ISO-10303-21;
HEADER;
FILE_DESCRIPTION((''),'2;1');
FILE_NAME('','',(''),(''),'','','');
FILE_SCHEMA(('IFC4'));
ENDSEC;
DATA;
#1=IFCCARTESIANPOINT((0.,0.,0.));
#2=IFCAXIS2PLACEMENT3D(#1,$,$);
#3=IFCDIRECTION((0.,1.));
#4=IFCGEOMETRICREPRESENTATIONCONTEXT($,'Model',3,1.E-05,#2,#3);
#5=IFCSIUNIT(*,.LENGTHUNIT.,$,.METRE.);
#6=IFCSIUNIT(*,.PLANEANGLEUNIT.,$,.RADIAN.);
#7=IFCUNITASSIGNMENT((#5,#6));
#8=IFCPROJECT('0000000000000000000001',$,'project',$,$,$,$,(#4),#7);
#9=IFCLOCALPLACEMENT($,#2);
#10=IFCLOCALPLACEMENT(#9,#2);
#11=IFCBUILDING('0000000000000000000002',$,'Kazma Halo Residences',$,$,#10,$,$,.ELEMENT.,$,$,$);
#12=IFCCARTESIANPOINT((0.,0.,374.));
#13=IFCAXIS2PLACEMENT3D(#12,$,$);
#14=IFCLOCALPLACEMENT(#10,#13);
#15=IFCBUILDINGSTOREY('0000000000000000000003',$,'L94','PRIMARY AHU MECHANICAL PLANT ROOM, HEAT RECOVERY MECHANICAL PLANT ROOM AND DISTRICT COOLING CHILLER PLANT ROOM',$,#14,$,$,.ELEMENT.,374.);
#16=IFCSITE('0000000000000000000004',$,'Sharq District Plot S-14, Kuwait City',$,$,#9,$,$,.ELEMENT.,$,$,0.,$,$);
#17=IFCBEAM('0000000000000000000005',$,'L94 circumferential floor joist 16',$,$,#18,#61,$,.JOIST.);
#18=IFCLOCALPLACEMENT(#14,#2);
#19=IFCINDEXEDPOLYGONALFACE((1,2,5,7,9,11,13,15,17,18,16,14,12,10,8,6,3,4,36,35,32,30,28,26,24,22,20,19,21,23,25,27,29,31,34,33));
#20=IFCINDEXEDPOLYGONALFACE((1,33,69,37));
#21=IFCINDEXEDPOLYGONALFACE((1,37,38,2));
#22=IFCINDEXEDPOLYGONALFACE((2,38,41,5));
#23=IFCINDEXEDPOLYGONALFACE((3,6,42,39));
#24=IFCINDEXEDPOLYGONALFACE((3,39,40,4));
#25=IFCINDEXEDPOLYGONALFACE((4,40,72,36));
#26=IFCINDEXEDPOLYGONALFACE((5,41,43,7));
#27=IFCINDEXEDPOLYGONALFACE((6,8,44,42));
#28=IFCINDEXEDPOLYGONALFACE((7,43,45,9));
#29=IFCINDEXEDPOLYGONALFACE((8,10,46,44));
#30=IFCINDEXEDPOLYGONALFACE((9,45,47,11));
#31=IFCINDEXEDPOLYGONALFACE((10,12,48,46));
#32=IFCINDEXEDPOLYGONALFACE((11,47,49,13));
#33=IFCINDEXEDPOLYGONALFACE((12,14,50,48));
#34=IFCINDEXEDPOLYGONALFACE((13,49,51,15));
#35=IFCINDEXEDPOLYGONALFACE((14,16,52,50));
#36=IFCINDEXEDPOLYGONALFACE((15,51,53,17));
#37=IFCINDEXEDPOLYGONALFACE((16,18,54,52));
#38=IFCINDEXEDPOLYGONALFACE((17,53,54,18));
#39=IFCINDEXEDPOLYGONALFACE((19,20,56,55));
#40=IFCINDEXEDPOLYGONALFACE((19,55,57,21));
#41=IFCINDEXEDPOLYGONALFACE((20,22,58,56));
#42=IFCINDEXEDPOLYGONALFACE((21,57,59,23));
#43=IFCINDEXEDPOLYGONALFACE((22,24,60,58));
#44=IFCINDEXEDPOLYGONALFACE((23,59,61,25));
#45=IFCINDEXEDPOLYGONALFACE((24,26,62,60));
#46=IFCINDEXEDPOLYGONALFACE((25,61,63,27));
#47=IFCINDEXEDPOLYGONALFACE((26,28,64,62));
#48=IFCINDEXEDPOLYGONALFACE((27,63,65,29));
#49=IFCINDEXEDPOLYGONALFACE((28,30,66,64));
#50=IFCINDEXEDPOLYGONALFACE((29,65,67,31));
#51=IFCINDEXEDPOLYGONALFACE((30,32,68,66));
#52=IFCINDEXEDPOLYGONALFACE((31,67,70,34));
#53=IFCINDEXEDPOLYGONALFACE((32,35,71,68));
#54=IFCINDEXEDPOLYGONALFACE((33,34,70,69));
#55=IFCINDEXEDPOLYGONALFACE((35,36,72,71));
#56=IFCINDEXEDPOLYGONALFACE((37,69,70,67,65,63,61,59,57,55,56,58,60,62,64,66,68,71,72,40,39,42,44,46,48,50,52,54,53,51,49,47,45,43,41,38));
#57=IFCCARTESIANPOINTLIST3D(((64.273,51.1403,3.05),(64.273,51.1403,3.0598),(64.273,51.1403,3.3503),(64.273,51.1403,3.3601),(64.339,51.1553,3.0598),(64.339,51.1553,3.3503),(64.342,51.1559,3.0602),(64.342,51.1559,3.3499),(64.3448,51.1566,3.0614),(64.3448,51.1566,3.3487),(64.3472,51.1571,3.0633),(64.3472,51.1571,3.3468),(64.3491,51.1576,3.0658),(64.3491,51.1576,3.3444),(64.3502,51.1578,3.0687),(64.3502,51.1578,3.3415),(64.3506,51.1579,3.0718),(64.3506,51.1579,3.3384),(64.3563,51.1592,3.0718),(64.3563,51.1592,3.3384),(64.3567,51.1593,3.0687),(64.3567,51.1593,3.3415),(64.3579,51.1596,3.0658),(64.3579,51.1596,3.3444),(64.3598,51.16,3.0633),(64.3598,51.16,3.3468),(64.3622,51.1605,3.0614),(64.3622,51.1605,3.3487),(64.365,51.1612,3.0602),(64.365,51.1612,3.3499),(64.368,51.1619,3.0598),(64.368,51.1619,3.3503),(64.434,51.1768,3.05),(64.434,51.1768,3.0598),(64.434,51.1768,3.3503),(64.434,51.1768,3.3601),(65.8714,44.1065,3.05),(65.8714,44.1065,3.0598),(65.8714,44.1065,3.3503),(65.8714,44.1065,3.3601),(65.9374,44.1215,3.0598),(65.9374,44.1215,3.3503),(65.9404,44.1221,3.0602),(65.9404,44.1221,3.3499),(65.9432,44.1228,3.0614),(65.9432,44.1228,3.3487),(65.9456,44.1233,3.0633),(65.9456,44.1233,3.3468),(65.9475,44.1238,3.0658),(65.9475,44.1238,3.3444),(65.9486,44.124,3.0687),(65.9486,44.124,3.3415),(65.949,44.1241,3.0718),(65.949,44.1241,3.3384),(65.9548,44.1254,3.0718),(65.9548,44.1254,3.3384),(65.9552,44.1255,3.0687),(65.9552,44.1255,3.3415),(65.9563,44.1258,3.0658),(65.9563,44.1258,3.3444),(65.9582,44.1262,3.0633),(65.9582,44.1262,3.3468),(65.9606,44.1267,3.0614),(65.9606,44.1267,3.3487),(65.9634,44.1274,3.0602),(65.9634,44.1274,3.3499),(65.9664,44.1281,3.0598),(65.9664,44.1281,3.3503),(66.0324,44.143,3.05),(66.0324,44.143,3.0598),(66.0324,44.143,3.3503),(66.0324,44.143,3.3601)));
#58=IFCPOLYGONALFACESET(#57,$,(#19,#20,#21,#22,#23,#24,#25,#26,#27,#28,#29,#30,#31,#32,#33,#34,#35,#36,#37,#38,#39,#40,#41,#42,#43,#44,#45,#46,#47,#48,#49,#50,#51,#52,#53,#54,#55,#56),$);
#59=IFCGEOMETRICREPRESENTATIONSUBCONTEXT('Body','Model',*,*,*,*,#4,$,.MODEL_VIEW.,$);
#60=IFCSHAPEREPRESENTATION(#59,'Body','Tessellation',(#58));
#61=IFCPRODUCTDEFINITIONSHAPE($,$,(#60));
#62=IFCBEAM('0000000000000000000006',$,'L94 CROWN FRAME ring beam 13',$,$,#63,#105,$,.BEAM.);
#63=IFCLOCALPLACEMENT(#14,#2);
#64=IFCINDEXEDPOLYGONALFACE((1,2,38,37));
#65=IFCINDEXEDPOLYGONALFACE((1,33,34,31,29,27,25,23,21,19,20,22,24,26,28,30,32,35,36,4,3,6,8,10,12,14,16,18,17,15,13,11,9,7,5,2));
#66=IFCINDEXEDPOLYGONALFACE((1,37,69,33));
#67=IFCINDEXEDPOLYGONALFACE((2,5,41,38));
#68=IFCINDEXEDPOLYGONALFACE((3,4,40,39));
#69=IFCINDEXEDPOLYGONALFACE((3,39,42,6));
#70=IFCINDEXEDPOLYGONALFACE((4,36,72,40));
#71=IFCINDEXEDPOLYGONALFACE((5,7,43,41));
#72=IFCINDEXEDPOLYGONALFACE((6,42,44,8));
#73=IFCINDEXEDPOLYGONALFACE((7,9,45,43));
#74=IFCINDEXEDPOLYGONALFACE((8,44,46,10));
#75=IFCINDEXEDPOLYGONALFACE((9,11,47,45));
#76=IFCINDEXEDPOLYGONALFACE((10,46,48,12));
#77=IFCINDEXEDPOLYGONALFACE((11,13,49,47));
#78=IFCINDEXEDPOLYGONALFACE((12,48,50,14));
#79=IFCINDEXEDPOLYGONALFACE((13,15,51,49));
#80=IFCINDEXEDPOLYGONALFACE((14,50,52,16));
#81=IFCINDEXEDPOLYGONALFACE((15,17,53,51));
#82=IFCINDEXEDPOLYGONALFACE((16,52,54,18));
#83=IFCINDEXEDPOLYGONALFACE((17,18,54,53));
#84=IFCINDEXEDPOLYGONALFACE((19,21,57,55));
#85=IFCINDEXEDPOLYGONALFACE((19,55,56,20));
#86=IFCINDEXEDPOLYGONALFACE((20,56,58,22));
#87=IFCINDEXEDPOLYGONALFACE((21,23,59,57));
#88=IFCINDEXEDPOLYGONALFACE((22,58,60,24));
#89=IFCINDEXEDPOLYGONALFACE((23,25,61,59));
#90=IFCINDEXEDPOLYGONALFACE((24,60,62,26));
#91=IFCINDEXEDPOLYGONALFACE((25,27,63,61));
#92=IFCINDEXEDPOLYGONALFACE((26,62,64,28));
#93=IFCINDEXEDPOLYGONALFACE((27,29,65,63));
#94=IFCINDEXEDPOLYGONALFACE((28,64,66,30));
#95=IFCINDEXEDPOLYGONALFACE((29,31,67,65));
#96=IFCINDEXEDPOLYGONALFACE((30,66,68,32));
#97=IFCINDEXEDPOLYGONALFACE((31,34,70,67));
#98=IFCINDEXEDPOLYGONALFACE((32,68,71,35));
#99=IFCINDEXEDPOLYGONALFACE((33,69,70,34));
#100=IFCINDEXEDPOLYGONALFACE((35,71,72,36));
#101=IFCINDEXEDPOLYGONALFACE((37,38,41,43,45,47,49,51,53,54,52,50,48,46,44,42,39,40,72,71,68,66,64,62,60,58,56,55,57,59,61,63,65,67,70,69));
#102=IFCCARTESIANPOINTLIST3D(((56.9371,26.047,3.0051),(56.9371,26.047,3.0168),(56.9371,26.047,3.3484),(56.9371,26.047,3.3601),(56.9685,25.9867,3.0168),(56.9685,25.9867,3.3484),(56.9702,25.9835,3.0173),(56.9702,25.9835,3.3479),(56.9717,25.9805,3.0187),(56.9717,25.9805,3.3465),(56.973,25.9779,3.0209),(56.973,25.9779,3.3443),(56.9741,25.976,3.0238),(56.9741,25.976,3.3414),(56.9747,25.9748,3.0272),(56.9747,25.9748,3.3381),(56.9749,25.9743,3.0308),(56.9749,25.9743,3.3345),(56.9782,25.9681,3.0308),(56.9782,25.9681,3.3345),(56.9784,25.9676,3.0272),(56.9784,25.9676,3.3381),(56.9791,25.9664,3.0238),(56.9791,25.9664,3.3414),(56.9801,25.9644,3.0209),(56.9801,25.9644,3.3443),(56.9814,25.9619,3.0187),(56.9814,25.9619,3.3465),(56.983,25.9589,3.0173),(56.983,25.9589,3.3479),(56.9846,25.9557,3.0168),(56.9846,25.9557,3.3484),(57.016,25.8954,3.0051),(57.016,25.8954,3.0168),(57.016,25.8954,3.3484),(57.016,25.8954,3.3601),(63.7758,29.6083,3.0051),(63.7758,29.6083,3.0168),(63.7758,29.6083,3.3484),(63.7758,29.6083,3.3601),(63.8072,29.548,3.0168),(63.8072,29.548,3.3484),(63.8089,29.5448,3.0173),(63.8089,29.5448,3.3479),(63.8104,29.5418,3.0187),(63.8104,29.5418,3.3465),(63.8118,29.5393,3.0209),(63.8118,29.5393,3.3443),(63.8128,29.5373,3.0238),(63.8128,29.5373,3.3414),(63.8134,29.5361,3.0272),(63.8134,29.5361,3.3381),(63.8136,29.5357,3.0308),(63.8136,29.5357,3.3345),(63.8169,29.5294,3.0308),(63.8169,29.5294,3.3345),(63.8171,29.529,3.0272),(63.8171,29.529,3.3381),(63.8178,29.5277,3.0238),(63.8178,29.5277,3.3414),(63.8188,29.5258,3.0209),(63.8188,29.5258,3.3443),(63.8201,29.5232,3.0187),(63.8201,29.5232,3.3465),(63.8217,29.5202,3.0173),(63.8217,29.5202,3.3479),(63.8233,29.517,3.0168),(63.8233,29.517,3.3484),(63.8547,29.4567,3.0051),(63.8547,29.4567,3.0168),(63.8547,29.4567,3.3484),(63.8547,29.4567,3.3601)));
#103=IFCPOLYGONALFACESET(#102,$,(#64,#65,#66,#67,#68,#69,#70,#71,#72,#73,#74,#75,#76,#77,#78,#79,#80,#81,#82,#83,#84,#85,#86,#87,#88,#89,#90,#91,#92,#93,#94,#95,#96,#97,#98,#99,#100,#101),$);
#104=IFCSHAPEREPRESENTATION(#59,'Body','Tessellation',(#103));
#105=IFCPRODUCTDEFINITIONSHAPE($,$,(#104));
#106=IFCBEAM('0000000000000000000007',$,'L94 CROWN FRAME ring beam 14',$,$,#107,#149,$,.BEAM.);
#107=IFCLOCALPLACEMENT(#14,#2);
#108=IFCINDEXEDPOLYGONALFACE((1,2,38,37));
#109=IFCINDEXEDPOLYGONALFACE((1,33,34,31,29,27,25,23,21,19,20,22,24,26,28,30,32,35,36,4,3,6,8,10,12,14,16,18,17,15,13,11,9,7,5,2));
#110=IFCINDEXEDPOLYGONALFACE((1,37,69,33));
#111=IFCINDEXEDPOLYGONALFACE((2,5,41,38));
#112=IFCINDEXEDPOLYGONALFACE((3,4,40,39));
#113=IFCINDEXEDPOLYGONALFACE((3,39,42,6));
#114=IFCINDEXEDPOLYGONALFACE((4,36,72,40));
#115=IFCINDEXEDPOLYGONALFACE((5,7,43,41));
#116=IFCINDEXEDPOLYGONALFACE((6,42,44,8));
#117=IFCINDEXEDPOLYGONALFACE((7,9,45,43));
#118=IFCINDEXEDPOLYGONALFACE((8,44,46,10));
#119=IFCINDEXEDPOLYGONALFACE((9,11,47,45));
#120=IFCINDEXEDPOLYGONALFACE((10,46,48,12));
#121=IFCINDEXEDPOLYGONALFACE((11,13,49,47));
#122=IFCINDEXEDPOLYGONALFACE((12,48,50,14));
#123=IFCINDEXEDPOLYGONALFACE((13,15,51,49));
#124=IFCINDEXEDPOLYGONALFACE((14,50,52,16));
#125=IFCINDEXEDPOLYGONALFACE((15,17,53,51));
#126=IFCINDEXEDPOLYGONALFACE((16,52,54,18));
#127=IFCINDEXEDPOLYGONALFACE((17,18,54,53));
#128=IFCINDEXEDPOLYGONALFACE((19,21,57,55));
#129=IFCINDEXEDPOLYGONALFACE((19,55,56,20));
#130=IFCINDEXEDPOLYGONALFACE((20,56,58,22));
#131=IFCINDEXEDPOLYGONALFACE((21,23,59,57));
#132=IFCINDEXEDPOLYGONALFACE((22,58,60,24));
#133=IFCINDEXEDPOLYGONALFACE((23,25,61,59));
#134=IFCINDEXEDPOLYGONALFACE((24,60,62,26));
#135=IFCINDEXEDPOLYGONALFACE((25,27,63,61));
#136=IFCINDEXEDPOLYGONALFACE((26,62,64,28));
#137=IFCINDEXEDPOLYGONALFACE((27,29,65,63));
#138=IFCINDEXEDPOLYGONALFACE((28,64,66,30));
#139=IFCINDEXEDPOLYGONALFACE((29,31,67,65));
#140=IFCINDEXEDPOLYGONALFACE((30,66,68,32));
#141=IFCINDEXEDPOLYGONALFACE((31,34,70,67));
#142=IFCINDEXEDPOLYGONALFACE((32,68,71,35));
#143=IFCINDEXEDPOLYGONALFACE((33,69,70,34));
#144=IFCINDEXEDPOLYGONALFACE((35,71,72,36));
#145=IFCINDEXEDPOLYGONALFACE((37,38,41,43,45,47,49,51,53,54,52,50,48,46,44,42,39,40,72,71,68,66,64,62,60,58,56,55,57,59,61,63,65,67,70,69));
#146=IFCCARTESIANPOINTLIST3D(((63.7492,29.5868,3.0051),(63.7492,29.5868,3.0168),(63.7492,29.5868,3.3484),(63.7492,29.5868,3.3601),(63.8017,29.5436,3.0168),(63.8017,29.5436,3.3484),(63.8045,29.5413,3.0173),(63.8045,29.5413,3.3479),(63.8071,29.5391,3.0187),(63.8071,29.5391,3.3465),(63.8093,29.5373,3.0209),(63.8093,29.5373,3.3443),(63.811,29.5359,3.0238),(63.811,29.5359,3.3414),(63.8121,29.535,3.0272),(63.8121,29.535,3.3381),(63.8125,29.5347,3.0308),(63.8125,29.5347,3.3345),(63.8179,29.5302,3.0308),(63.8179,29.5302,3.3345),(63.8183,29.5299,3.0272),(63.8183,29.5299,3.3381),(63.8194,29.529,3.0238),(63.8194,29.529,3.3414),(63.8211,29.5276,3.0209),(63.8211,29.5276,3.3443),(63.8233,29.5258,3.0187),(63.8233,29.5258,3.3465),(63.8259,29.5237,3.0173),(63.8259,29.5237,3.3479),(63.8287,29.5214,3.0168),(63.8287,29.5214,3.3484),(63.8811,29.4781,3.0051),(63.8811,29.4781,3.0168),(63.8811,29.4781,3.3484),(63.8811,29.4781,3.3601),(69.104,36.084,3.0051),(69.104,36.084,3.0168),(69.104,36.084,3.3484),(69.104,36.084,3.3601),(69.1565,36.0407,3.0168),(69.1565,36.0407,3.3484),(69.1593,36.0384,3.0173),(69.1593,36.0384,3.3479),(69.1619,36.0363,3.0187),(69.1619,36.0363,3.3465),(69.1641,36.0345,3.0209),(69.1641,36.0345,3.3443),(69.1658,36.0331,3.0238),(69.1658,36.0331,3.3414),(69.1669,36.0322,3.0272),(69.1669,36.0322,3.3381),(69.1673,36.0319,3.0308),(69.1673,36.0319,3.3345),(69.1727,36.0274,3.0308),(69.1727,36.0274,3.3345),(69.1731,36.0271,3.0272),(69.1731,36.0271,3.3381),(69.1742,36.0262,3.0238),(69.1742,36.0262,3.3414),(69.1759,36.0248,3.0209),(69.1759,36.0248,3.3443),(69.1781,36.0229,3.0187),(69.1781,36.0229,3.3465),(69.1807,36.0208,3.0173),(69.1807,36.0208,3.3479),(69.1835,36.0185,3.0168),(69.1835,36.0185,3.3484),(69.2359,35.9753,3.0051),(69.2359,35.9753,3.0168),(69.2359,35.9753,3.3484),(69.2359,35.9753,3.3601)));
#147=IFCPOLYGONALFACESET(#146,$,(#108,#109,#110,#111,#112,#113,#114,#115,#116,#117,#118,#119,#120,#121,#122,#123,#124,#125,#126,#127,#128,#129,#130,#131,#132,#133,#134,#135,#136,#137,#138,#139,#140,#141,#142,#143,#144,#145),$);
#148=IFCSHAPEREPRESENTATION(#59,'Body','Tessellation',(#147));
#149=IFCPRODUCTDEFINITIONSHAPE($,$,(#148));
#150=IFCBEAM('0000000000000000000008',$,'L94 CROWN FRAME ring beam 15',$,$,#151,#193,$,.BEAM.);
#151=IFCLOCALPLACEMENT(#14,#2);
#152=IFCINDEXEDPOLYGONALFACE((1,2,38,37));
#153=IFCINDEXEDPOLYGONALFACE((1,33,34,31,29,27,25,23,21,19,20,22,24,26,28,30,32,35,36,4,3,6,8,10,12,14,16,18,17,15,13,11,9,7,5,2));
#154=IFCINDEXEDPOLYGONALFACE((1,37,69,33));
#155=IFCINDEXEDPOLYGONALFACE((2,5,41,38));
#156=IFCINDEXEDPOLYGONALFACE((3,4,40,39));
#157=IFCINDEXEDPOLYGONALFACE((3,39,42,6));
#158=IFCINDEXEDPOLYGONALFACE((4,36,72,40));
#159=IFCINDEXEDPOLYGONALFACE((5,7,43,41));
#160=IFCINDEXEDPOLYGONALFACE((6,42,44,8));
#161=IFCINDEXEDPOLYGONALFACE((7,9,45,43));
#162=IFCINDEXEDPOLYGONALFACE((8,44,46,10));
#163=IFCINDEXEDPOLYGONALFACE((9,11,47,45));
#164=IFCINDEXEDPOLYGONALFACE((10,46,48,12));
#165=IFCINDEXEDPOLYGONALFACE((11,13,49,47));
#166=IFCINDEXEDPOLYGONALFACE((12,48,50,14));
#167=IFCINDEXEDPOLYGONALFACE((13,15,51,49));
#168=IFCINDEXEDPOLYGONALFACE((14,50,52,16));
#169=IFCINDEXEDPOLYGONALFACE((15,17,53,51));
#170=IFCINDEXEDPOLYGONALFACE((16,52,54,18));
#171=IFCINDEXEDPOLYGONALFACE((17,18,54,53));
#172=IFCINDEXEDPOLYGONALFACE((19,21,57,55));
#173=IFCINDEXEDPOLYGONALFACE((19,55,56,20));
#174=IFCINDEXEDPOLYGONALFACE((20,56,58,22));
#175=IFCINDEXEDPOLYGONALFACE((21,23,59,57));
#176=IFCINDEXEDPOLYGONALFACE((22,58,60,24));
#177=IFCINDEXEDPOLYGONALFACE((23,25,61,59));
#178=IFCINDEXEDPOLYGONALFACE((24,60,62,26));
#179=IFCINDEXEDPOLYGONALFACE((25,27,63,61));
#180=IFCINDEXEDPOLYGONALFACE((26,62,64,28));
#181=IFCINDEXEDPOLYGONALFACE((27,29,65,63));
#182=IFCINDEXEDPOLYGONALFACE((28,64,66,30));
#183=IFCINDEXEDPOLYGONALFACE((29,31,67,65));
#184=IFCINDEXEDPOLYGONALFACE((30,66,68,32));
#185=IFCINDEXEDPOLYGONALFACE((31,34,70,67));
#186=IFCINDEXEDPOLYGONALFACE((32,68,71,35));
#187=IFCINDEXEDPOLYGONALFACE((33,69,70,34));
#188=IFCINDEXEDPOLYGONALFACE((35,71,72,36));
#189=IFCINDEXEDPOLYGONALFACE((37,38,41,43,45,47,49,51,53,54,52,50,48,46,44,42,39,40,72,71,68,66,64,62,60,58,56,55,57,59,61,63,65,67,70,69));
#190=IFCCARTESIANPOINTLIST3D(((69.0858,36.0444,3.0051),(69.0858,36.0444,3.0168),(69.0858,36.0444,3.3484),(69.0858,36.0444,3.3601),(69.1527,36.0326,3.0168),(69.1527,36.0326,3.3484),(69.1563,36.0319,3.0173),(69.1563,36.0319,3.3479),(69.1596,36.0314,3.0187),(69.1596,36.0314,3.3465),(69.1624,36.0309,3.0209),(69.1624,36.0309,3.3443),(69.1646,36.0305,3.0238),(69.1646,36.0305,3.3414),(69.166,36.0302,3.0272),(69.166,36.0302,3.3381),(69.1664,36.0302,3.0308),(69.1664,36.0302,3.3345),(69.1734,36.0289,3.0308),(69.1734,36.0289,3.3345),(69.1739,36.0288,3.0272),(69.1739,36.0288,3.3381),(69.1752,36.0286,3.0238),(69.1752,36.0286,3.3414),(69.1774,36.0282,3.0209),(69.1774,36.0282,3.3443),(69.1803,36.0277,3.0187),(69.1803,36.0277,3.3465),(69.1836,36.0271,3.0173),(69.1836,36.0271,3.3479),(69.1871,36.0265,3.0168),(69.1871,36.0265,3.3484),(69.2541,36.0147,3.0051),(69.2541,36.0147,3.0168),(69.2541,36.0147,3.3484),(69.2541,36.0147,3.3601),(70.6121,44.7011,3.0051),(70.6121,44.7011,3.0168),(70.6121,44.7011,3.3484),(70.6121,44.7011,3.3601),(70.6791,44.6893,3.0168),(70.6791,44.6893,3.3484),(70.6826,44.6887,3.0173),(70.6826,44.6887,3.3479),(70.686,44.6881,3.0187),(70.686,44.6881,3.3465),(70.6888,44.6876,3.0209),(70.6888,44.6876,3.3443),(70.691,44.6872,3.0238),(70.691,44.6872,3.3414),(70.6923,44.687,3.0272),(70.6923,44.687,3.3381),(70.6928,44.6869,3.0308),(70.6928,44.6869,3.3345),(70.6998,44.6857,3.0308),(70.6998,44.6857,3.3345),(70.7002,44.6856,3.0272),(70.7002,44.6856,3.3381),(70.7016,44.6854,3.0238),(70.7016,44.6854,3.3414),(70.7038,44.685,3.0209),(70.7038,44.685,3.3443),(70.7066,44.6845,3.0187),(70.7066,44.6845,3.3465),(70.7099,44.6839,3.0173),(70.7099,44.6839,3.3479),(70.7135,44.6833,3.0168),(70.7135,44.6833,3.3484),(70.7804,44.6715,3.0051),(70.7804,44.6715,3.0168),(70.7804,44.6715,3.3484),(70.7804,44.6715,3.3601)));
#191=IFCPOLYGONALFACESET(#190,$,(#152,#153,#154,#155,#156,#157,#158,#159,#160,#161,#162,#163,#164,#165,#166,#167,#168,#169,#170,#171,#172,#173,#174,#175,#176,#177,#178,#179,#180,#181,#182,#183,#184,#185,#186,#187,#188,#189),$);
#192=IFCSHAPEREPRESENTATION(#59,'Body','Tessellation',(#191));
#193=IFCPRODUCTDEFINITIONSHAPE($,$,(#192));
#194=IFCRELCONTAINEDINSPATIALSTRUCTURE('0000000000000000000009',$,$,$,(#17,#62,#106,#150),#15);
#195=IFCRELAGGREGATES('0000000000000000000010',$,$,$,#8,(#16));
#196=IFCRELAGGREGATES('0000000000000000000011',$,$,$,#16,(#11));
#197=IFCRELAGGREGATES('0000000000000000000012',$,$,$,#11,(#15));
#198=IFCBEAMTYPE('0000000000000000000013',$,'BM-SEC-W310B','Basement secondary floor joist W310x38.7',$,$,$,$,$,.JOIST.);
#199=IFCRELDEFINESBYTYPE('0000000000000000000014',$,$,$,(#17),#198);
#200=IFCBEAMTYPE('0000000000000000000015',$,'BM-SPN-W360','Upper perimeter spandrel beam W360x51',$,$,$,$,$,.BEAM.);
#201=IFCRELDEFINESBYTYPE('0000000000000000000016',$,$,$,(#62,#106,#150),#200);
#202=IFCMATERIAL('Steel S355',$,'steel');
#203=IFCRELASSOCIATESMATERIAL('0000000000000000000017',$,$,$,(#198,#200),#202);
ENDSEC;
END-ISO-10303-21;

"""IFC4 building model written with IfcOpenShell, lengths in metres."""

from ifc_helpers import new_model, si_unit, direction, frame, origin, origin_2d, place, context, subcontext, project, spatial, i_section, extrude, material, material_profile, profile_set, type_object, element, save


model = new_model("IFC4")

# Units and contexts
model_context = context("Model", 3, precision=1e-05, world=origin(), true_north=direction((0.0, 1.0)))
body_context = subcontext(model_context, "Body", "Model", "MODEL_VIEW")
ifc_project = project(units=[si_unit("LENGTHUNIT", "METRE"), si_unit("PLANEANGLEUNIT", "RADIAN")], contexts=[model_context])

# Site, building, storey
site_placement = place(None, origin())
site = spatial("IfcSite", under=ifc_project, at=site_placement, Name="Sharq District Plot S-14, Kuwait City", CompositionType="ELEMENT", RefElevation=0.0)
building_placement = place(site_placement, origin())
building = spatial("IfcBuilding", under=site, at=building_placement, Name="Kazma Halo Residences", CompositionType="ELEMENT")
storey_placement = place(building_placement, frame((0.0, 0.0, 374.0)))
storey = spatial("IfcBuildingStorey", under=building, at=storey_placement, Name="L94", Description="PRIMARY AHU MECHANICAL PLANT ROOM, HEAT RECOVERY MECHANICAL PLANT ROOM AND DISTRICT COOLING CHILLER PLANT ROOM", CompositionType="ELEMENT", Elevation=374.0)

# Shared definitions
ifc_material_1 = material(Name="Steel S355", Category="steel")

# Beams
ifc_material_profile_1 = material_profile(ifc_material_1, i_section(OverallWidth=0.165, OverallDepth=0.3101, WebThickness=0.0059, FlangeThickness=0.0098, FilletRadius=0.012, at=origin_2d()), Name="W310x38.7")
ifc_profile_set_1 = profile_set([ifc_material_profile_1], Name="Steel S355")
beam_type_1 = type_object("IfcBeamType", Name="BM-SEC-W310B", Description="Basement secondary floor joist W310x38.7", PredefinedType="JOIST", material=ifc_profile_set_1)
beam_1_placement = place(storey_placement, frame((65.9519, 44.1248, 3.2051), z_axis=(-0.221598, 0.975138, 0.0), x_axis=(-0.975138, -0.221598, 0.0)))
element("IfcBeam", 1, at=beam_1_placement, inside=storey, type_object=beam_type_1, Name="L94 circumferential floor joist 16", PredefinedType="JOIST", context=body_context, shape_type="SweptSolid", body=[
    extrude(i_section(OverallWidth=0.165, OverallDepth=0.3101, WebThickness=0.0059, FlangeThickness=0.0098, FilletRadius=0.012, at=origin_2d()), origin(), (0.0, 0.0, 1.0), 7.2131),
])
ifc_material_profile_2 = material_profile(ifc_material_1, i_section(OverallWidth=0.1709, OverallDepth=0.355, WebThickness=0.0071, FlangeThickness=0.0117, FilletRadius=0.0139, at=origin_2d()), Name="W360x51")
ifc_profile_set_2 = profile_set([ifc_material_profile_2], Name="Steel S355")
beam_type_2 = type_object("IfcBeamType", Name="BM-SPN-W360", Description="Upper perimeter spandrel beam W360x51", PredefinedType="BEAM", material=ifc_profile_set_2)
beam_2_placement = place(storey_placement, frame((56.9766, 25.9712, 3.1826), z_axis=(0.886941, 0.461883, 0.0), x_axis=(-0.461883, 0.886941, 0.0)))
element("IfcBeam", 2, at=beam_2_placement, inside=storey, type_object=beam_type_2, Name="L94 CROWN FRAME ring beam 13", PredefinedType="BEAM", context=body_context, shape_type="SweptSolid", body=[
    extrude(i_section(OverallWidth=0.1709, OverallDepth=0.355, WebThickness=0.0071, FlangeThickness=0.0117, FilletRadius=0.0139, at=origin_2d()), origin(), (0.0, 0.0, 1.0), 7.7104),
])
beam_3_placement = place(storey_placement, frame((63.8152, 29.5325, 3.1826), z_axis=(0.636005, 0.771685, 0.0), x_axis=(-0.771685, 0.636005, 0.0)))
element("IfcBeam", 3, at=beam_3_placement, inside=storey, type_object=beam_type_2, Name="L94 CROWN FRAME ring beam 14", PredefinedType="BEAM", context=body_context, shape_type="SweptSolid", body=[
    extrude(i_section(OverallWidth=0.1709, OverallDepth=0.355, WebThickness=0.0071, FlangeThickness=0.0117, FilletRadius=0.0139, at=origin_2d()), origin(), (0.0, 0.0, 1.0), 8.4194),
])
beam_4_placement = place(storey_placement, frame((69.1699, 36.0295, 3.1826), z_axis=(0.173643, 0.984809, 0.0), x_axis=(-0.984809, 0.173643, 0.0)))
element("IfcBeam", 4, at=beam_4_placement, inside=storey, type_object=beam_type_2, Name="L94 CROWN FRAME ring beam 15", PredefinedType="BEAM", context=body_context, shape_type="SweptSolid", body=[
    extrude(i_section(OverallWidth=0.1709, OverallDepth=0.355, WebThickness=0.0071, FlangeThickness=0.0117, FilletRadius=0.0139, at=origin_2d()), origin(), (0.0, 0.0, 1.0), 8.7903),
])

save(model, "model.ifc")
